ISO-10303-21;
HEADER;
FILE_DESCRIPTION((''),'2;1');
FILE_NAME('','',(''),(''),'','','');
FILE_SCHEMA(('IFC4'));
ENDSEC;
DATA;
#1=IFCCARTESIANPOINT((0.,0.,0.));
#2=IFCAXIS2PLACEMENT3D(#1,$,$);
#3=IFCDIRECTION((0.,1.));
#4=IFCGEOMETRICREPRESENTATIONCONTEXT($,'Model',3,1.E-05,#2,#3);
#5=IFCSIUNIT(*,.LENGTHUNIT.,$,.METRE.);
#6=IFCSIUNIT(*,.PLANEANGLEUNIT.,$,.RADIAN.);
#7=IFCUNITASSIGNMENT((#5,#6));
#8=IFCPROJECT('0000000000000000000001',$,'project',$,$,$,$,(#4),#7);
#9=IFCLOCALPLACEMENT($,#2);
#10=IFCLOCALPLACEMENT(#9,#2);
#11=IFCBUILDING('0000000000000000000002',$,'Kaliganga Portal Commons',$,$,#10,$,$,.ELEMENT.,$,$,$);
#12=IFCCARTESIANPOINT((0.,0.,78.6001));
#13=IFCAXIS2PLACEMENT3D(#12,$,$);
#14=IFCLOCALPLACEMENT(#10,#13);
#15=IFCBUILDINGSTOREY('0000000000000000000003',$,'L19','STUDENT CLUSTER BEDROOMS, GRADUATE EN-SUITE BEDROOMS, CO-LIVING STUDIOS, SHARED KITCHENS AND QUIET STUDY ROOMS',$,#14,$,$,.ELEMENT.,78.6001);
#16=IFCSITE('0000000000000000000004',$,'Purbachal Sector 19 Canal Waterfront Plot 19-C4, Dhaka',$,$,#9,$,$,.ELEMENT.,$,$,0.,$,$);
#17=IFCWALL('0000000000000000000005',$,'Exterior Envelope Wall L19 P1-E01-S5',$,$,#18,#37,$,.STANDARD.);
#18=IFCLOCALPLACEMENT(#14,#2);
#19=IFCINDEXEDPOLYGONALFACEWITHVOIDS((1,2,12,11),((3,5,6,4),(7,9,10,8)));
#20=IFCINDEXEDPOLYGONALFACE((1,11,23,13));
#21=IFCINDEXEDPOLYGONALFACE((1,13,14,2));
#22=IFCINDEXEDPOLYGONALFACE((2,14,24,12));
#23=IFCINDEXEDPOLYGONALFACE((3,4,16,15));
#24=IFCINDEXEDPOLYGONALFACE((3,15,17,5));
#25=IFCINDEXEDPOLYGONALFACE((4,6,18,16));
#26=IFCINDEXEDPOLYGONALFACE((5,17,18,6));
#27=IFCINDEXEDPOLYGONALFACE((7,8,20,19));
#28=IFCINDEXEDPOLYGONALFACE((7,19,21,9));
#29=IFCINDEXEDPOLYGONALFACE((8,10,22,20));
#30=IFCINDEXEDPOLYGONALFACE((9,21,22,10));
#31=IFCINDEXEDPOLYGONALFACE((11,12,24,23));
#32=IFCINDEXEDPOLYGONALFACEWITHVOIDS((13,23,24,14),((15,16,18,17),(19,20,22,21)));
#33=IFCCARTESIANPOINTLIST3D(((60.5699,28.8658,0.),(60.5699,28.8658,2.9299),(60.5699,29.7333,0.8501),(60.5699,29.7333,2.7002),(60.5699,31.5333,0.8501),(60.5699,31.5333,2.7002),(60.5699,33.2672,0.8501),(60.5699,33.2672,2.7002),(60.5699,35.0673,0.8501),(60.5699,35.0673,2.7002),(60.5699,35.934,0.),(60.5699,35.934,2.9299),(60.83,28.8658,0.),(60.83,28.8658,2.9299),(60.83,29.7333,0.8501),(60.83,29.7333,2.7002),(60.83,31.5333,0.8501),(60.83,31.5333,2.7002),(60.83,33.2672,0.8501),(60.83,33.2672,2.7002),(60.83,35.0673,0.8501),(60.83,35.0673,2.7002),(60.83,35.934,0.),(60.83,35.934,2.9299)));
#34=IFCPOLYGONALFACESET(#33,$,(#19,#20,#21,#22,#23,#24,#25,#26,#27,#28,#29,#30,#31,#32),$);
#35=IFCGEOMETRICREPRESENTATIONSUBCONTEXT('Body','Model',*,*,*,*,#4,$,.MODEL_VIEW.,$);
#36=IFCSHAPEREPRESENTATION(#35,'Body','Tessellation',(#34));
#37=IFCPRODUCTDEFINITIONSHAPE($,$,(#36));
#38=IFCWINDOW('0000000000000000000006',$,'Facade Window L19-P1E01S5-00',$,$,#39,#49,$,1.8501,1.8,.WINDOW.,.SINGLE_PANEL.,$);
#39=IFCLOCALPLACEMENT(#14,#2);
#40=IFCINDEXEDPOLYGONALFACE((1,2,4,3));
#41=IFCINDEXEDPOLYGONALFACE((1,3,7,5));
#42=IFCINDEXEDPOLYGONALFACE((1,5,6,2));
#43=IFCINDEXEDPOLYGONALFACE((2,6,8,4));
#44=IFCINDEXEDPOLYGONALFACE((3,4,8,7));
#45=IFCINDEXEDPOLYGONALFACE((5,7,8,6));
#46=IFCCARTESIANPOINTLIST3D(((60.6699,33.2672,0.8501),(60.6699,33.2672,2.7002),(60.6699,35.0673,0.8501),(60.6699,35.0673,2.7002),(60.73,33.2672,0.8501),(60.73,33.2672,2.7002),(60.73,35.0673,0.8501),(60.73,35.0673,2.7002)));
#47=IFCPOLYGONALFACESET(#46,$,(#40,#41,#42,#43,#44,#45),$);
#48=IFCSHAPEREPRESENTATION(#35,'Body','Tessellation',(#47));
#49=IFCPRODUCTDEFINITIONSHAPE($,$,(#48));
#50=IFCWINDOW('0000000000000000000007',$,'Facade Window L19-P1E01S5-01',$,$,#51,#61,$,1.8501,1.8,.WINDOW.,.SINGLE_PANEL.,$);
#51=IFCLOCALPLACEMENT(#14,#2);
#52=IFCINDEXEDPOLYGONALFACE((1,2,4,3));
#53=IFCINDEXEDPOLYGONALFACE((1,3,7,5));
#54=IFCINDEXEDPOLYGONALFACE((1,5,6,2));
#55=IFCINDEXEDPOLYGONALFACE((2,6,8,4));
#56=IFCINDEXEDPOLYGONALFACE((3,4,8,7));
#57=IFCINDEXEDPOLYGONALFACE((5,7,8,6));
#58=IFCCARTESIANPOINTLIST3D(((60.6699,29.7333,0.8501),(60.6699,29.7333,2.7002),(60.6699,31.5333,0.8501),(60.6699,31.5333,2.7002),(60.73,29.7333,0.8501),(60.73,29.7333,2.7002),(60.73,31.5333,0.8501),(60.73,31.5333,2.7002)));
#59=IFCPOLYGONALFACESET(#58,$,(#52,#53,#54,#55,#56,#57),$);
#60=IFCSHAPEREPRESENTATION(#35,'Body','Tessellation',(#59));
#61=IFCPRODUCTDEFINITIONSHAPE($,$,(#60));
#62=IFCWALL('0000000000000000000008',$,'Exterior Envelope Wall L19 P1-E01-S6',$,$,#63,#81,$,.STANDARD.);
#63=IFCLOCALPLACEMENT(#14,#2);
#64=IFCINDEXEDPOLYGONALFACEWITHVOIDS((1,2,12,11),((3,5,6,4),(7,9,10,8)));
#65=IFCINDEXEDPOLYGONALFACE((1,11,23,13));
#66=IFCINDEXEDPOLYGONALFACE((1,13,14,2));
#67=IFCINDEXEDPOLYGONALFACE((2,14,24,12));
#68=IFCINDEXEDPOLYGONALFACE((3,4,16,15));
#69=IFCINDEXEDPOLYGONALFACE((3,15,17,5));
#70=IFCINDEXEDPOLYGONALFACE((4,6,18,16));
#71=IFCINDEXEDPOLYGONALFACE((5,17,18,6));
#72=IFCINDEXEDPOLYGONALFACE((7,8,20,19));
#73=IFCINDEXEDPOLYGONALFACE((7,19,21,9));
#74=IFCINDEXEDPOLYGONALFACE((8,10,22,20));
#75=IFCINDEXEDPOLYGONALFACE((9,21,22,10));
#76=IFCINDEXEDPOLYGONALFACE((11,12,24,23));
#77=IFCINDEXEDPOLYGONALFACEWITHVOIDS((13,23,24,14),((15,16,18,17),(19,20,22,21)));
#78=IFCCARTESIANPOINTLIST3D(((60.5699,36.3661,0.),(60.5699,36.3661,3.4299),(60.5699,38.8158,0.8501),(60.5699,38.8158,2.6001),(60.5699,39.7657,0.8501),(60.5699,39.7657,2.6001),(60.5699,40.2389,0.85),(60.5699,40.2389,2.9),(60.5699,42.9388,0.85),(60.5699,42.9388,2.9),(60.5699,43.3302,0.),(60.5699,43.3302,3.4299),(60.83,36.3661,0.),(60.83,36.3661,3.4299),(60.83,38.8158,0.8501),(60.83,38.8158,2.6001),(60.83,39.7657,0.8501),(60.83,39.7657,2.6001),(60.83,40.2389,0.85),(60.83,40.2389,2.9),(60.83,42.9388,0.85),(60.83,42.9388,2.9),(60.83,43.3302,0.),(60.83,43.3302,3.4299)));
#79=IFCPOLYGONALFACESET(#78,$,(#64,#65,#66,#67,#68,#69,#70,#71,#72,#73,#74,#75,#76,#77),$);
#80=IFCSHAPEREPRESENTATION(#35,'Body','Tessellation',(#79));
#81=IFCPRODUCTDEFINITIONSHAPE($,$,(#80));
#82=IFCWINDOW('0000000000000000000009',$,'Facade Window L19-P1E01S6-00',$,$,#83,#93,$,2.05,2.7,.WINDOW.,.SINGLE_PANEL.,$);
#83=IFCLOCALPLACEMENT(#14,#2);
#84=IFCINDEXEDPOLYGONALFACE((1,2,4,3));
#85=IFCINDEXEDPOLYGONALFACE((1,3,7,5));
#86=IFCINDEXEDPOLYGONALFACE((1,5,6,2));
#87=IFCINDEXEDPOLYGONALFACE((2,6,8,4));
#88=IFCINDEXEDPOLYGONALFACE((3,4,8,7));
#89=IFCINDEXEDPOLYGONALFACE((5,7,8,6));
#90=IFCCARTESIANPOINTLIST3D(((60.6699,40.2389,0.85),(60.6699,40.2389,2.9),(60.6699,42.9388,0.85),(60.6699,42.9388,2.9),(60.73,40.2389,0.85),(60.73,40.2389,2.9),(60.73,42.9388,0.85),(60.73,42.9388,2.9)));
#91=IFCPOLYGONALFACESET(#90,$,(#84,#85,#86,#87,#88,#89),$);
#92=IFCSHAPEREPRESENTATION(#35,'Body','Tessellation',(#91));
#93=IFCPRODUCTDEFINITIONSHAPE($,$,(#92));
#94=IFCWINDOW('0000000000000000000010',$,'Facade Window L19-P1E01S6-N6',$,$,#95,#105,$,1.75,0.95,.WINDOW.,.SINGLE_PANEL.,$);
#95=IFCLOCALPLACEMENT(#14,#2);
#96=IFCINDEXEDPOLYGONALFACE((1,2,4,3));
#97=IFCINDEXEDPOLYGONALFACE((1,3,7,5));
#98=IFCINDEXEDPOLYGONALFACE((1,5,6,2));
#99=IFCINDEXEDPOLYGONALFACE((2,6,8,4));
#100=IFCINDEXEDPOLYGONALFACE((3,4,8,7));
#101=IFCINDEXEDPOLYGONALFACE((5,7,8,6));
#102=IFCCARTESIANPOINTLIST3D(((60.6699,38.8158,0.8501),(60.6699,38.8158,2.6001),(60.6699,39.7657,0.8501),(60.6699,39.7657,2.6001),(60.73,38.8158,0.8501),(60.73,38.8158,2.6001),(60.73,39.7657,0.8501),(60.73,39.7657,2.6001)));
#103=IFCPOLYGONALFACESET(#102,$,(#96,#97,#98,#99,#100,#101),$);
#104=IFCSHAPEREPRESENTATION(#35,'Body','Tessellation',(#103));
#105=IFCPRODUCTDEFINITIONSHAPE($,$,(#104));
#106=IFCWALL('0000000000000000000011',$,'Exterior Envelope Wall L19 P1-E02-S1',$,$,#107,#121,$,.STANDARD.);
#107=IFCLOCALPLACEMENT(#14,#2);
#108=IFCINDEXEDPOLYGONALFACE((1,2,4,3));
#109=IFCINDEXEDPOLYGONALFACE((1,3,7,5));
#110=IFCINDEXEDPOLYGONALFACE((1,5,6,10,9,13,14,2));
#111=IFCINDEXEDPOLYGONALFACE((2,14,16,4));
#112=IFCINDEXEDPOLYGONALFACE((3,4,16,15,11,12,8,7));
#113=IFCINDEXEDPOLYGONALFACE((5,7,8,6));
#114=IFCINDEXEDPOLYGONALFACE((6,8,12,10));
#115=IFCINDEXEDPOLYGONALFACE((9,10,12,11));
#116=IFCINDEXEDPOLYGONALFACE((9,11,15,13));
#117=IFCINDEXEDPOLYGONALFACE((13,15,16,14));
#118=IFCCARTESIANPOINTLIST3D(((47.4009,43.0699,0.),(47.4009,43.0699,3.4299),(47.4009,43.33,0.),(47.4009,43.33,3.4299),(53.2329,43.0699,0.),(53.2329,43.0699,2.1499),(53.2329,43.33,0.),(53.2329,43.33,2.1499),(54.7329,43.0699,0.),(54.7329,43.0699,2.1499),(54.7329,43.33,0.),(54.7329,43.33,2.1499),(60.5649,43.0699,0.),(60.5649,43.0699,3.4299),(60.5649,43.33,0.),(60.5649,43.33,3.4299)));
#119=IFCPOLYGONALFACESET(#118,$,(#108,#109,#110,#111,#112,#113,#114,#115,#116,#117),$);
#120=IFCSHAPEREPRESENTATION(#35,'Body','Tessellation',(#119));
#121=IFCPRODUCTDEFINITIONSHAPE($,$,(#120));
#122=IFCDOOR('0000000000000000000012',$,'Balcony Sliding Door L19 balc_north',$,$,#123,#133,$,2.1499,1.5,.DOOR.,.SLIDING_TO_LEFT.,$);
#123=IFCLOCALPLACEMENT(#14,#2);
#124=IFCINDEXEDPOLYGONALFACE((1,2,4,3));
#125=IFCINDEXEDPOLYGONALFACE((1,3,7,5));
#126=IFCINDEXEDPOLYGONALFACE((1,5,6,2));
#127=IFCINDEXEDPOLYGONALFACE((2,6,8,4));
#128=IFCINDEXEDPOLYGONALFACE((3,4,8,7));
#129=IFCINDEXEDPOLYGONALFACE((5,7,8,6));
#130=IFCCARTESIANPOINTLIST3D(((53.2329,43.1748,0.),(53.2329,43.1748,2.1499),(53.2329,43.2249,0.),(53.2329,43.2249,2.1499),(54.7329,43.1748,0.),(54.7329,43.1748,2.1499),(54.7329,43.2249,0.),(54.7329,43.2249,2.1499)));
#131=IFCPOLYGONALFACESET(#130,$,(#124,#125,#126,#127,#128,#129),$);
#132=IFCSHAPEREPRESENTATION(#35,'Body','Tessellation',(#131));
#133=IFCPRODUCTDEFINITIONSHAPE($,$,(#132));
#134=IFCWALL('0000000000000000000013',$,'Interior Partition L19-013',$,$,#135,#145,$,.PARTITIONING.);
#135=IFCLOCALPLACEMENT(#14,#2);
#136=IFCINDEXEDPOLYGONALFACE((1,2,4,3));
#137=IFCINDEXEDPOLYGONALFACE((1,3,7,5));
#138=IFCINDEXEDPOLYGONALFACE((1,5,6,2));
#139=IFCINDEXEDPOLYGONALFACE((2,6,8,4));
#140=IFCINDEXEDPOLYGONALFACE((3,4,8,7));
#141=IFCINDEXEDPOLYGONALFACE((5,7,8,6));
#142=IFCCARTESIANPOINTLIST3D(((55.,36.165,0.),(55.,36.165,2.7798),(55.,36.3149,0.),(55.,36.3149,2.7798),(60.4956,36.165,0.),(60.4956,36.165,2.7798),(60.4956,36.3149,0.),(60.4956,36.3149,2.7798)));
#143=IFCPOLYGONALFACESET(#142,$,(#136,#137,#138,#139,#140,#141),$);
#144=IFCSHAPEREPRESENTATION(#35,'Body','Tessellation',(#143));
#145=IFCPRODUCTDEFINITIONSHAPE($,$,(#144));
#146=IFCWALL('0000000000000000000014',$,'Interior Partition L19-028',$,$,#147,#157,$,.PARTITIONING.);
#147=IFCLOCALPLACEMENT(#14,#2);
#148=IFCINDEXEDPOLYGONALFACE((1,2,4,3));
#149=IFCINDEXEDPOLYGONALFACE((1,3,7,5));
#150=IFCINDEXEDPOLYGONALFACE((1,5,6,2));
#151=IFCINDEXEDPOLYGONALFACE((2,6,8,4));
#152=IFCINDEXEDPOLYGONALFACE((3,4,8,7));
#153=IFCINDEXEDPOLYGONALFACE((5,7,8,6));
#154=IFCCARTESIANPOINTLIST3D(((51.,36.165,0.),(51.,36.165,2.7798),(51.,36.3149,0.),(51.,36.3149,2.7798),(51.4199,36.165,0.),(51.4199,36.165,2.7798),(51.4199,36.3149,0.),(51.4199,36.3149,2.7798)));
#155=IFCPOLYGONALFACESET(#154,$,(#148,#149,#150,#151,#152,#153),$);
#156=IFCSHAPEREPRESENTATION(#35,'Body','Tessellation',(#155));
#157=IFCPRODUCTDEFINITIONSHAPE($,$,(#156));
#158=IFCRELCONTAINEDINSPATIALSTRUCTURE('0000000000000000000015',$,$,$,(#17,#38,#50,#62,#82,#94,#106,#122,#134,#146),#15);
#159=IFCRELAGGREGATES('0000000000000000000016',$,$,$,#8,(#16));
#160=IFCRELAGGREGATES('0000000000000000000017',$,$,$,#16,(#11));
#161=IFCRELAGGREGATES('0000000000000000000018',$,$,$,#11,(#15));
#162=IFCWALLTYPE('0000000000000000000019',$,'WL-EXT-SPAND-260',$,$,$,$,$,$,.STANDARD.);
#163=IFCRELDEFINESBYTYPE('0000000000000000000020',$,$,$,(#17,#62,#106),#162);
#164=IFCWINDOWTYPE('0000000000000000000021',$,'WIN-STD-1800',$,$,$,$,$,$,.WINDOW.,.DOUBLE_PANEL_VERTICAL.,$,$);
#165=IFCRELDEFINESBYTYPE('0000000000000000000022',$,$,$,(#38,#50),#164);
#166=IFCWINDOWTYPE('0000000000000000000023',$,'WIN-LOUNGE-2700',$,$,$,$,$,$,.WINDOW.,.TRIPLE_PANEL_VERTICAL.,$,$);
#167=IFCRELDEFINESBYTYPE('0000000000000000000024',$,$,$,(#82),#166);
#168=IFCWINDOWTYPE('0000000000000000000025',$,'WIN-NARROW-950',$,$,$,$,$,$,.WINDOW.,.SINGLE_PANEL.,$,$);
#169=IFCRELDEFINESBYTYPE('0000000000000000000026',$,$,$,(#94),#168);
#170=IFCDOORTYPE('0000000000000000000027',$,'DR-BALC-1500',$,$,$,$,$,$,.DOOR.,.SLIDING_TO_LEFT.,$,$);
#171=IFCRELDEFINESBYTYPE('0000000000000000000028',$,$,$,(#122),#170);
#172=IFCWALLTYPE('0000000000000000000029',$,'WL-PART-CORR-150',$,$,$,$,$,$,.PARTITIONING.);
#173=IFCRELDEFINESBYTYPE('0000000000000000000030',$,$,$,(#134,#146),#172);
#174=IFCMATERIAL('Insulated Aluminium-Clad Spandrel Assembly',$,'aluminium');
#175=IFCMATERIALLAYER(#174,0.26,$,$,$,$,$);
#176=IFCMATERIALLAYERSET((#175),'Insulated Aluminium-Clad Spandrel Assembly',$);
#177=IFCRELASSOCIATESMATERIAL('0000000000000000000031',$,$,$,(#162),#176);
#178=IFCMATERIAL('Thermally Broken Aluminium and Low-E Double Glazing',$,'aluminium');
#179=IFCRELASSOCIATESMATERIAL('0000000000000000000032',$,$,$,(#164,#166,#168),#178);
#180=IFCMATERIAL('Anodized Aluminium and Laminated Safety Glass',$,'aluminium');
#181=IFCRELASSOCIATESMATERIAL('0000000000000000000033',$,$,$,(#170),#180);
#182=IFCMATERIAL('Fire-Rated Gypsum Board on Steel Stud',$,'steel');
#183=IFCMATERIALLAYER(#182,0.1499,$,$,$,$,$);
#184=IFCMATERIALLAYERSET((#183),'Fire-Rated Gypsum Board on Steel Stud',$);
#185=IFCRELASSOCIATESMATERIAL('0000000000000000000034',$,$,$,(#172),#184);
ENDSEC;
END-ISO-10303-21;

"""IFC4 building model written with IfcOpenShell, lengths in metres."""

from ifc_helpers import new_model, si_unit, direction, frame, frame_2d, origin, place, context, subcontext, project, spatial, rectangle, extrude, material, layer, layer_set, type_object, element, fill, save


model = new_model("IFC4")

# Units and contexts
model_context = context("Model", 3, precision=1e-05, world=origin(), true_north=direction((0.0, 1.0)))
body_context = subcontext(model_context, "Body", "Model", "MODEL_VIEW")
ifc_project = project(units=[si_unit("LENGTHUNIT", "METRE"), si_unit("PLANEANGLEUNIT", "RADIAN")], contexts=[model_context])

# Site, building, storey
site_placement = place(None, origin())
site = spatial("IfcSite", under=ifc_project, at=site_placement, Name="Purbachal Sector 19 Canal Waterfront Plot 19-C4, Dhaka", CompositionType="ELEMENT", RefElevation=0.0)
building_placement = place(site_placement, origin())
building = spatial("IfcBuilding", under=site, at=building_placement, Name="Kaliganga Portal Commons", CompositionType="ELEMENT")
storey_placement = place(building_placement, frame((0.0, 0.0, 78.6001)))
storey = spatial("IfcBuildingStorey", under=building, at=storey_placement, Name="L19", Description="STUDENT CLUSTER BEDROOMS, GRADUATE EN-SUITE BEDROOMS, CO-LIVING STUDIOS, SHARED KITCHENS AND QUIET STUDY ROOMS", CompositionType="ELEMENT", Elevation=78.6001)

# Walls, openings, windows
ifc_material_1 = material(Name="Insulated Aluminium-Clad Spandrel Assembly", Category="aluminium")
ifc_layer_1 = layer(ifc_material_1, 0.26)
ifc_layer_set_1 = layer_set([ifc_layer_1], Name="Insulated Aluminium-Clad Spandrel Assembly")
wall_type_1 = type_object("IfcWallType", Name="WL-EXT-SPAND-260", PredefinedType="STANDARD", material=ifc_layer_set_1)
wall_1_placement = place(storey_placement, frame((60.7, 35.9341, 0.0), z_axis=(0.0, 0.0, 1.0), x_axis=(0.0, -1.0, 0.0)))
wall_1 = element("IfcWall", 1, at=wall_1_placement, inside=storey, type_object=wall_type_1, Name="Exterior Envelope Wall L19 P1-E01-S5", PredefinedType="STANDARD", context=body_context, shape_type="SweptSolid", body=[
    extrude(rectangle(XDim=7.0681, YDim=0.26, at=frame_2d((3.5342, 0.0))), origin(), (0.0, 0.0, 1.0), 2.9299),
])
opening_1_placement = place(wall_1_placement, frame((0.8669, 0.0, 0.8501)))
opening_1 = element("IfcOpeningElement", 2, at=opening_1_placement, cuts=wall_1, PredefinedType="OPENING", context=body_context, shape_type="SweptSolid", body=[
    extrude(rectangle(XDim=1.8, YDim=1.8501, at=frame_2d((0.8999, 0.925))), frame((0.0, 0.1401, 0.0), z_axis=(0.0, -1.0, 0.0), x_axis=(1.0, 0.0, 0.0)), (0.0, 0.0, 1.0), 0.28),
])
opening_2_placement = place(wall_1_placement, frame((4.4009, 0.0, 0.8501)))
opening_2 = element("IfcOpeningElement", 3, at=opening_2_placement, cuts=wall_1, PredefinedType="OPENING", context=body_context, shape_type="SweptSolid", body=[
    extrude(rectangle(XDim=1.8, YDim=1.8501, at=frame_2d((0.8999, 0.925))), frame((0.0, 0.1401, 0.0), z_axis=(0.0, -1.0, 0.0), x_axis=(1.0, 0.0, 0.0)), (0.0, 0.0, 1.0), 0.28),
])
ifc_material_2 = material(Name="Thermally Broken Aluminium and Low-E Double Glazing", Category="aluminium")
window_type_1 = type_object("IfcWindowType", Name="WIN-STD-1800", PartitioningType="DOUBLE_PANEL_VERTICAL", PredefinedType="WINDOW", material=ifc_material_2)
window_1_placement = place(opening_1_placement, origin())
window_1 = element("IfcWindow", 4, at=window_1_placement, inside=storey, type_object=window_type_1, Name="Facade Window L19-P1E01S5-00", OverallHeight=1.8501, OverallWidth=1.8, PartitioningType="SINGLE_PANEL", PredefinedType="WINDOW", context=body_context, shape_type="SweptSolid", body=[
    extrude(rectangle(XDim=1.8, YDim=1.8501, at=frame_2d((0.8999, 0.925))), frame((0.0, 0.03, 0.0), z_axis=(0.0, -1.0, 0.0), x_axis=(1.0, 0.0, 0.0)), (0.0, 0.0, 1.0), 0.0601),
])
fill(opening_1, window_1)
window_2_placement = place(opening_2_placement, origin())
window_2 = element("IfcWindow", 5, at=window_2_placement, inside=storey, type_object=window_type_1, Name="Facade Window L19-P1E01S5-01", OverallHeight=1.8501, OverallWidth=1.8, PartitioningType="SINGLE_PANEL", PredefinedType="WINDOW", context=body_context, shape_type="SweptSolid", body=[
    extrude(rectangle(XDim=1.8, YDim=1.8501, at=frame_2d((0.8999, 0.925))), frame((0.0, 0.03, 0.0), z_axis=(0.0, -1.0, 0.0), x_axis=(1.0, 0.0, 0.0)), (0.0, 0.0, 1.0), 0.0601),
])
fill(opening_2, window_2)
wall_2_placement = place(storey_placement, frame((60.7, 43.3301, 0.0), z_axis=(0.0, 0.0, 1.0), x_axis=(0.0, -1.0, 0.0)))
wall_2 = element("IfcWall", 6, at=wall_2_placement, inside=storey, type_object=wall_type_1, Name="Exterior Envelope Wall L19 P1-E01-S6", PredefinedType="STANDARD", context=body_context, shape_type="SweptSolid", body=[
    extrude(rectangle(XDim=6.9641, YDim=0.26, at=frame_2d((3.4819, 0.0))), origin(), (0.0, 0.0, 1.0), 3.4299),
])
opening_3_placement = place(wall_2_placement, frame((0.3911, 0.0, 0.8501)))
opening_3 = element("IfcOpeningElement", 7, at=opening_3_placement, cuts=wall_2, PredefinedType="OPENING", context=body_context, shape_type="SweptSolid", body=[
    extrude(rectangle(XDim=2.7, YDim=2.05, at=frame_2d((1.3501, 1.0249))), frame((0.0, 0.1401, 0.0), z_axis=(0.0, -1.0, 0.0), x_axis=(1.0, 0.0, 0.0)), (0.0, 0.0, 1.0), 0.28),
])
opening_4_placement = place(wall_2_placement, frame((3.5642, 0.0, 0.8501)))
opening_4 = element("IfcOpeningElement", 8, at=opening_4_placement, cuts=wall_2, PredefinedType="OPENING", context=body_context, shape_type="SweptSolid", body=[
    extrude(rectangle(XDim=0.95, YDim=1.75, at=frame_2d((0.4751, 0.875))), frame((0.0, 0.1401, 0.0), z_axis=(0.0, -1.0, 0.0), x_axis=(1.0, 0.0, 0.0)), (0.0, 0.0, 1.0), 0.28),
])
window_type_2 = type_object("IfcWindowType", Name="WIN-LOUNGE-2700", PartitioningType="TRIPLE_PANEL_VERTICAL", PredefinedType="WINDOW", material=ifc_material_2)
window_3_placement = place(opening_3_placement, origin())
window_3 = element("IfcWindow", 9, at=window_3_placement, inside=storey, type_object=window_type_2, Name="Facade Window L19-P1E01S6-00", OverallHeight=2.05, OverallWidth=2.7, PartitioningType="SINGLE_PANEL", PredefinedType="WINDOW", context=body_context, shape_type="SweptSolid", body=[
    extrude(rectangle(XDim=2.7, YDim=2.05, at=frame_2d((1.3501, 1.0249))), frame((0.0, 0.03, 0.0), z_axis=(0.0, -1.0, 0.0), x_axis=(1.0, 0.0, 0.0)), (0.0, 0.0, 1.0), 0.0601),
])
fill(opening_3, window_3)
window_type_3 = type_object("IfcWindowType", Name="WIN-NARROW-950", PartitioningType="SINGLE_PANEL", PredefinedType="WINDOW", material=ifc_material_2)
window_4_placement = place(opening_4_placement, origin())
window_4 = element("IfcWindow", 10, at=window_4_placement, inside=storey, type_object=window_type_3, Name="Facade Window L19-P1E01S6-N6", OverallHeight=1.75, OverallWidth=0.95, PartitioningType="SINGLE_PANEL", PredefinedType="WINDOW", context=body_context, shape_type="SweptSolid", body=[
    extrude(rectangle(XDim=0.95, YDim=1.75, at=frame_2d((0.4751, 0.875))), frame((0.0, 0.03, 0.0), z_axis=(0.0, -1.0, 0.0), x_axis=(1.0, 0.0, 0.0)), (0.0, 0.0, 1.0), 0.0601),
])
fill(opening_4, window_4)

# Wall, opening, door
wall_3_placement = place(storey_placement, frame((47.4009, 43.2, 0.0), z_axis=(0.0, 0.0, 1.0), x_axis=(1.0, 0.0, 0.0)))
wall_3 = element("IfcWall", 11, at=wall_3_placement, inside=storey, type_object=wall_type_1, Name="Exterior Envelope Wall L19 P1-E02-S1", PredefinedType="STANDARD", context=body_context, shape_type="SweptSolid", body=[
    extrude(rectangle(XDim=13.1641, YDim=0.26, at=frame_2d((6.582, 0.0))), origin(), (0.0, 0.0, 1.0), 3.4299),
])
opening_5_placement = place(wall_3_placement, frame((5.832, 0.0, 0.0)))
opening_5 = element("IfcOpeningElement", 12, at=opening_5_placement, cuts=wall_3, PredefinedType="OPENING", context=body_context, shape_type="SweptSolid", body=[
    extrude(rectangle(XDim=1.5, YDim=2.1499, at=frame_2d((0.75, 1.075))), frame((0.0, 0.1401, 0.0), z_axis=(0.0, -1.0, 0.0), x_axis=(1.0, 0.0, 0.0)), (0.0, 0.0, 1.0), 0.28),
])
ifc_material_3 = material(Name="Anodized Aluminium and Laminated Safety Glass", Category="aluminium")
door_type_1 = type_object("IfcDoorType", Name="DR-BALC-1500", OperationType="SLIDING_TO_LEFT", PredefinedType="DOOR", material=ifc_material_3)
door_1_placement = place(opening_5_placement, origin())
door_1 = element("IfcDoor", 13, at=door_1_placement, inside=storey, type_object=door_type_1, Name="Balcony Sliding Door L19 balc_north", OperationType="SLIDING_TO_LEFT", OverallHeight=2.1499, OverallWidth=1.5, PredefinedType="DOOR", context=body_context, shape_type="SweptSolid", body=[
    extrude(rectangle(XDim=1.5, YDim=2.1499, at=frame_2d((0.75, 1.075))), frame((0.0, 0.0249, 0.0), z_axis=(0.0, -1.0, 0.0), x_axis=(1.0, 0.0, 0.0)), (0.0, 0.0, 1.0), 0.05),
])
fill(opening_5, door_1)
ifc_material_4 = material(Name="Fire-Rated Gypsum Board on Steel Stud", Category="steel")
ifc_layer_2 = layer(ifc_material_4, 0.1499)
ifc_layer_set_2 = layer_set([ifc_layer_2], Name="Fire-Rated Gypsum Board on Steel Stud")
wall_type_2 = type_object("IfcWallType", Name="WL-PART-CORR-150", PredefinedType="PARTITIONING", material=ifc_layer_set_2)

# Wall
wall_4_placement = place(storey_placement, frame((55.0, 36.24, 0.0), z_axis=(0.0, 0.0, 1.0), x_axis=(1.0, 0.0, 0.0)))
element("IfcWall", 14, at=wall_4_placement, inside=storey, type_object=wall_type_2, Name="Interior Partition L19-013", PredefinedType="PARTITIONING", context=body_context, shape_type="SweptSolid", body=[
    extrude(rectangle(XDim=5.4956, YDim=0.1499, at=frame_2d((2.7478, 0.0))), origin(), (0.0, 0.0, 1.0), 2.7798),
])

# Wall
wall_5_placement = place(storey_placement, frame((51.0, 36.24, 0.0), z_axis=(0.0, 0.0, 1.0), x_axis=(1.0, 0.0, 0.0)))
element("IfcWall", 15, at=wall_5_placement, inside=storey, type_object=wall_type_2, Name="Interior Partition L19-028", PredefinedType="PARTITIONING", context=body_context, shape_type="SweptSolid", body=[
    extrude(rectangle(XDim=0.4199, YDim=0.1499, at=frame_2d((0.21, 0.0))), origin(), (0.0, 0.0, 1.0), 2.7798),
])

save(model, "model.ifc")
